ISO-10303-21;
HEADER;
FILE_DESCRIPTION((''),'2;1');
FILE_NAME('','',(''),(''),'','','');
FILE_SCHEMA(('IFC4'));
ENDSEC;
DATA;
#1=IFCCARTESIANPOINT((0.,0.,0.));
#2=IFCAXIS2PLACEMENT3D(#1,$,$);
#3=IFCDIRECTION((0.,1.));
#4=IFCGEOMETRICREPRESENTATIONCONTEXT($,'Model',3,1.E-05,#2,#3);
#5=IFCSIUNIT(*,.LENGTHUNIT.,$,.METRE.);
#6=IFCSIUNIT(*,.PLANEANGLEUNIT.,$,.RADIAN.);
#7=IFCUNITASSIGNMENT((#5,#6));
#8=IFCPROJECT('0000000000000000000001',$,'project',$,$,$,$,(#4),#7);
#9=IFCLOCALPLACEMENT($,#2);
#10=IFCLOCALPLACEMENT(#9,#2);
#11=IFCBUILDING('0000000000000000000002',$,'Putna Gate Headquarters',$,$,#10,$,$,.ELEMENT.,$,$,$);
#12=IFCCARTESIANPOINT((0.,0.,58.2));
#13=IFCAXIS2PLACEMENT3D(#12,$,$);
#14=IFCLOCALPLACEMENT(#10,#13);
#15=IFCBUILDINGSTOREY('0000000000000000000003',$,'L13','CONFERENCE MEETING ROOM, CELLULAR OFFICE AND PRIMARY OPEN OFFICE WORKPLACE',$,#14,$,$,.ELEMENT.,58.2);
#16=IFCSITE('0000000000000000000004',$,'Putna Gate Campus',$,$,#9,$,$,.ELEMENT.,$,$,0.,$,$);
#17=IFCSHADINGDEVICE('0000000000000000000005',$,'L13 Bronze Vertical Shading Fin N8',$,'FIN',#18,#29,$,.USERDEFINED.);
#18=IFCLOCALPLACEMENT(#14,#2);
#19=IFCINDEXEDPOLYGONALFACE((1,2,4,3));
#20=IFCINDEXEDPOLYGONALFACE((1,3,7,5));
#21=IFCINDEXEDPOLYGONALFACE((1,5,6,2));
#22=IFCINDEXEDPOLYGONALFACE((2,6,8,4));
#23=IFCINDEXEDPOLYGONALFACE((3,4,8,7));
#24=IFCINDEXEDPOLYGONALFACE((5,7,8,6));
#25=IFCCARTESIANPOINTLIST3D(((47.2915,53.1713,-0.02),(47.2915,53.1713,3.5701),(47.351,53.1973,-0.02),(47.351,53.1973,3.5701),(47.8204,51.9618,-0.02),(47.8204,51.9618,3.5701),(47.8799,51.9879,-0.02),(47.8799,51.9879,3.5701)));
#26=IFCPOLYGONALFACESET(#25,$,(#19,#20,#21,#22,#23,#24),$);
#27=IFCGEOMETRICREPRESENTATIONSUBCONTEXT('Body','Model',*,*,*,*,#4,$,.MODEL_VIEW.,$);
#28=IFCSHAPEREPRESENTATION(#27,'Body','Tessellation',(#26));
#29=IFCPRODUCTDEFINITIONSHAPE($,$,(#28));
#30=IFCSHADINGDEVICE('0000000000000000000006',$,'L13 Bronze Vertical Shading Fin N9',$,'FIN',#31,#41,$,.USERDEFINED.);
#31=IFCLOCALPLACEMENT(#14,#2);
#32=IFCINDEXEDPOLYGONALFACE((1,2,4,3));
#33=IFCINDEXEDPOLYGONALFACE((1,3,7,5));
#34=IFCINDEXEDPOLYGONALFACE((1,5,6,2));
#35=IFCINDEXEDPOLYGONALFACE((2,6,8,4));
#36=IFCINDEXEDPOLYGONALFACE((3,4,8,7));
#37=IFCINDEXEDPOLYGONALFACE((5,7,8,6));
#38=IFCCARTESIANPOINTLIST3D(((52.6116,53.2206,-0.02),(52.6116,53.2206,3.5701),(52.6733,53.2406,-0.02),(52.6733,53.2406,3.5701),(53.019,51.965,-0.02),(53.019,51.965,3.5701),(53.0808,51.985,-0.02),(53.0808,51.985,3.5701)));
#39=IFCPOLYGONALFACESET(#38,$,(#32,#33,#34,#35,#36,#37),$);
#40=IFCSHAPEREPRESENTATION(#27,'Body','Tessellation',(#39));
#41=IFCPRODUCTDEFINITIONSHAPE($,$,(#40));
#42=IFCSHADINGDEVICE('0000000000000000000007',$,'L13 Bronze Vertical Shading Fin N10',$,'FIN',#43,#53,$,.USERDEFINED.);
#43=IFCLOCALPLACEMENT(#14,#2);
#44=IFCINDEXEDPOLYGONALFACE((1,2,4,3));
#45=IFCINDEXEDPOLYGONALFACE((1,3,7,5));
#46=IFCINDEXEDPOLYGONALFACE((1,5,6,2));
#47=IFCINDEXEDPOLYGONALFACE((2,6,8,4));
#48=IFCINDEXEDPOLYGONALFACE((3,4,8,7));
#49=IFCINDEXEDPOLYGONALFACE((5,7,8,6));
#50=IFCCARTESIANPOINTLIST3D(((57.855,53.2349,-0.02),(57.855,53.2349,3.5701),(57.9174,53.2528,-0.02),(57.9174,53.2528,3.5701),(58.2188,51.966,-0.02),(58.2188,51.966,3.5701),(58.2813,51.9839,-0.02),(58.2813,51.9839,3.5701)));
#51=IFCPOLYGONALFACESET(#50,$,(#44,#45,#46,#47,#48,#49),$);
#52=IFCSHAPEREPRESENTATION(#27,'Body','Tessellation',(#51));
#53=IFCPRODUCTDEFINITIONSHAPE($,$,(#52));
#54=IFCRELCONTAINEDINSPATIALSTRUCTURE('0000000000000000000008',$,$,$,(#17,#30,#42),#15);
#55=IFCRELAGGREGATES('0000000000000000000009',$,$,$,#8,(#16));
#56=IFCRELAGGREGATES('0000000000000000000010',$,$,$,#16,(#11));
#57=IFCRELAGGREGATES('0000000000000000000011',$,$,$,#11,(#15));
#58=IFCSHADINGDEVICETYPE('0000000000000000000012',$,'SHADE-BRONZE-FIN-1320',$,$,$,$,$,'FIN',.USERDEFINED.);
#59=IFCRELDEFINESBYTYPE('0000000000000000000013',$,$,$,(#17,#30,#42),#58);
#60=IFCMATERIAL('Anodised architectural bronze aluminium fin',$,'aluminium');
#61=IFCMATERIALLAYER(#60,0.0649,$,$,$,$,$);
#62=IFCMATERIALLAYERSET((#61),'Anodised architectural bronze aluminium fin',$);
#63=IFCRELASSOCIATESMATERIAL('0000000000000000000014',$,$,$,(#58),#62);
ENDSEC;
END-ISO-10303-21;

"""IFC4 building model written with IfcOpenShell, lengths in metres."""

from ifc_helpers import new_model, si_unit, direction, frame, origin, origin_2d, place, context, subcontext, project, spatial, rectangle, extrude, material, layer, layer_set, type_object, element, save


model = new_model("IFC4")

# Units and contexts
model_context = context("Model", 3, precision=1e-05, world=origin(), true_north=direction((0.0, 1.0)))
body_context = subcontext(model_context, "Body", "Model", "MODEL_VIEW")
ifc_project = project(units=[si_unit("LENGTHUNIT", "METRE"), si_unit("PLANEANGLEUNIT", "RADIAN")], contexts=[model_context])

# Site, building, storey
site_placement = place(None, origin())
site = spatial("IfcSite", under=ifc_project, at=site_placement, Name="Putna Gate Campus", CompositionType="ELEMENT", RefElevation=0.0)
building_placement = place(site_placement, origin())
building = spatial("IfcBuilding", under=site, at=building_placement, Name="Putna Gate Headquarters", CompositionType="ELEMENT")
storey_placement = place(building_placement, frame((0.0, 0.0, 58.2)))
storey = spatial("IfcBuildingStorey", under=building, at=storey_placement, Name="L13", Description="CONFERENCE MEETING ROOM, CELLULAR OFFICE AND PRIMARY OPEN OFFICE WORKPLACE", CompositionType="ELEMENT", Elevation=58.2)

# Shading devices
ifc_material_1 = material(Name="Anodised architectural bronze aluminium fin", Category="aluminium")
ifc_layer_1 = layer(ifc_material_1, 0.0649)
ifc_layer_set_1 = layer_set([ifc_layer_1], Name="Anodised architectural bronze aluminium fin")
shading_device_type = type_object("IfcShadingDeviceType", Name="SHADE-BRONZE-FIN-1320", ElementType="FIN", PredefinedType="USERDEFINED", material=ifc_layer_set_1)
for number, where, z_axis, x_axis, name in (
    (1, (47.5857, 52.5796, -0.02), (0.0, 0.0, 1.0), (-0.400669, 0.916223, 0.0), "L13 Bronze Vertical Shading Fin N8"),
    (2, (52.8462, 52.6028, -0.02), (0.0, 0.0, 1.0), (-0.308685, 0.951164, 0.0), "L13 Bronze Vertical Shading Fin N9"),
    (3, (58.0681, 52.6094, -0.02), (0.0, 0.0, 1.0), (-0.275637, 0.961262, 0.0), "L13 Bronze Vertical Shading Fin N10"),
):
    element("IfcShadingDevice", number, at=place(storey_placement, frame(where, z_axis=z_axis, x_axis=x_axis)), inside=storey, type_object=shading_device_type, Name=name, ObjectType="FIN", PredefinedType="USERDEFINED", context=body_context, shape_type="SweptSolid", body=[
        extrude(rectangle(XDim=1.3201, YDim=0.0649, at=origin_2d()), origin(), (0.0, 0.0, 1.0), 3.5901),
    ])

save(model, "model.ifc")
